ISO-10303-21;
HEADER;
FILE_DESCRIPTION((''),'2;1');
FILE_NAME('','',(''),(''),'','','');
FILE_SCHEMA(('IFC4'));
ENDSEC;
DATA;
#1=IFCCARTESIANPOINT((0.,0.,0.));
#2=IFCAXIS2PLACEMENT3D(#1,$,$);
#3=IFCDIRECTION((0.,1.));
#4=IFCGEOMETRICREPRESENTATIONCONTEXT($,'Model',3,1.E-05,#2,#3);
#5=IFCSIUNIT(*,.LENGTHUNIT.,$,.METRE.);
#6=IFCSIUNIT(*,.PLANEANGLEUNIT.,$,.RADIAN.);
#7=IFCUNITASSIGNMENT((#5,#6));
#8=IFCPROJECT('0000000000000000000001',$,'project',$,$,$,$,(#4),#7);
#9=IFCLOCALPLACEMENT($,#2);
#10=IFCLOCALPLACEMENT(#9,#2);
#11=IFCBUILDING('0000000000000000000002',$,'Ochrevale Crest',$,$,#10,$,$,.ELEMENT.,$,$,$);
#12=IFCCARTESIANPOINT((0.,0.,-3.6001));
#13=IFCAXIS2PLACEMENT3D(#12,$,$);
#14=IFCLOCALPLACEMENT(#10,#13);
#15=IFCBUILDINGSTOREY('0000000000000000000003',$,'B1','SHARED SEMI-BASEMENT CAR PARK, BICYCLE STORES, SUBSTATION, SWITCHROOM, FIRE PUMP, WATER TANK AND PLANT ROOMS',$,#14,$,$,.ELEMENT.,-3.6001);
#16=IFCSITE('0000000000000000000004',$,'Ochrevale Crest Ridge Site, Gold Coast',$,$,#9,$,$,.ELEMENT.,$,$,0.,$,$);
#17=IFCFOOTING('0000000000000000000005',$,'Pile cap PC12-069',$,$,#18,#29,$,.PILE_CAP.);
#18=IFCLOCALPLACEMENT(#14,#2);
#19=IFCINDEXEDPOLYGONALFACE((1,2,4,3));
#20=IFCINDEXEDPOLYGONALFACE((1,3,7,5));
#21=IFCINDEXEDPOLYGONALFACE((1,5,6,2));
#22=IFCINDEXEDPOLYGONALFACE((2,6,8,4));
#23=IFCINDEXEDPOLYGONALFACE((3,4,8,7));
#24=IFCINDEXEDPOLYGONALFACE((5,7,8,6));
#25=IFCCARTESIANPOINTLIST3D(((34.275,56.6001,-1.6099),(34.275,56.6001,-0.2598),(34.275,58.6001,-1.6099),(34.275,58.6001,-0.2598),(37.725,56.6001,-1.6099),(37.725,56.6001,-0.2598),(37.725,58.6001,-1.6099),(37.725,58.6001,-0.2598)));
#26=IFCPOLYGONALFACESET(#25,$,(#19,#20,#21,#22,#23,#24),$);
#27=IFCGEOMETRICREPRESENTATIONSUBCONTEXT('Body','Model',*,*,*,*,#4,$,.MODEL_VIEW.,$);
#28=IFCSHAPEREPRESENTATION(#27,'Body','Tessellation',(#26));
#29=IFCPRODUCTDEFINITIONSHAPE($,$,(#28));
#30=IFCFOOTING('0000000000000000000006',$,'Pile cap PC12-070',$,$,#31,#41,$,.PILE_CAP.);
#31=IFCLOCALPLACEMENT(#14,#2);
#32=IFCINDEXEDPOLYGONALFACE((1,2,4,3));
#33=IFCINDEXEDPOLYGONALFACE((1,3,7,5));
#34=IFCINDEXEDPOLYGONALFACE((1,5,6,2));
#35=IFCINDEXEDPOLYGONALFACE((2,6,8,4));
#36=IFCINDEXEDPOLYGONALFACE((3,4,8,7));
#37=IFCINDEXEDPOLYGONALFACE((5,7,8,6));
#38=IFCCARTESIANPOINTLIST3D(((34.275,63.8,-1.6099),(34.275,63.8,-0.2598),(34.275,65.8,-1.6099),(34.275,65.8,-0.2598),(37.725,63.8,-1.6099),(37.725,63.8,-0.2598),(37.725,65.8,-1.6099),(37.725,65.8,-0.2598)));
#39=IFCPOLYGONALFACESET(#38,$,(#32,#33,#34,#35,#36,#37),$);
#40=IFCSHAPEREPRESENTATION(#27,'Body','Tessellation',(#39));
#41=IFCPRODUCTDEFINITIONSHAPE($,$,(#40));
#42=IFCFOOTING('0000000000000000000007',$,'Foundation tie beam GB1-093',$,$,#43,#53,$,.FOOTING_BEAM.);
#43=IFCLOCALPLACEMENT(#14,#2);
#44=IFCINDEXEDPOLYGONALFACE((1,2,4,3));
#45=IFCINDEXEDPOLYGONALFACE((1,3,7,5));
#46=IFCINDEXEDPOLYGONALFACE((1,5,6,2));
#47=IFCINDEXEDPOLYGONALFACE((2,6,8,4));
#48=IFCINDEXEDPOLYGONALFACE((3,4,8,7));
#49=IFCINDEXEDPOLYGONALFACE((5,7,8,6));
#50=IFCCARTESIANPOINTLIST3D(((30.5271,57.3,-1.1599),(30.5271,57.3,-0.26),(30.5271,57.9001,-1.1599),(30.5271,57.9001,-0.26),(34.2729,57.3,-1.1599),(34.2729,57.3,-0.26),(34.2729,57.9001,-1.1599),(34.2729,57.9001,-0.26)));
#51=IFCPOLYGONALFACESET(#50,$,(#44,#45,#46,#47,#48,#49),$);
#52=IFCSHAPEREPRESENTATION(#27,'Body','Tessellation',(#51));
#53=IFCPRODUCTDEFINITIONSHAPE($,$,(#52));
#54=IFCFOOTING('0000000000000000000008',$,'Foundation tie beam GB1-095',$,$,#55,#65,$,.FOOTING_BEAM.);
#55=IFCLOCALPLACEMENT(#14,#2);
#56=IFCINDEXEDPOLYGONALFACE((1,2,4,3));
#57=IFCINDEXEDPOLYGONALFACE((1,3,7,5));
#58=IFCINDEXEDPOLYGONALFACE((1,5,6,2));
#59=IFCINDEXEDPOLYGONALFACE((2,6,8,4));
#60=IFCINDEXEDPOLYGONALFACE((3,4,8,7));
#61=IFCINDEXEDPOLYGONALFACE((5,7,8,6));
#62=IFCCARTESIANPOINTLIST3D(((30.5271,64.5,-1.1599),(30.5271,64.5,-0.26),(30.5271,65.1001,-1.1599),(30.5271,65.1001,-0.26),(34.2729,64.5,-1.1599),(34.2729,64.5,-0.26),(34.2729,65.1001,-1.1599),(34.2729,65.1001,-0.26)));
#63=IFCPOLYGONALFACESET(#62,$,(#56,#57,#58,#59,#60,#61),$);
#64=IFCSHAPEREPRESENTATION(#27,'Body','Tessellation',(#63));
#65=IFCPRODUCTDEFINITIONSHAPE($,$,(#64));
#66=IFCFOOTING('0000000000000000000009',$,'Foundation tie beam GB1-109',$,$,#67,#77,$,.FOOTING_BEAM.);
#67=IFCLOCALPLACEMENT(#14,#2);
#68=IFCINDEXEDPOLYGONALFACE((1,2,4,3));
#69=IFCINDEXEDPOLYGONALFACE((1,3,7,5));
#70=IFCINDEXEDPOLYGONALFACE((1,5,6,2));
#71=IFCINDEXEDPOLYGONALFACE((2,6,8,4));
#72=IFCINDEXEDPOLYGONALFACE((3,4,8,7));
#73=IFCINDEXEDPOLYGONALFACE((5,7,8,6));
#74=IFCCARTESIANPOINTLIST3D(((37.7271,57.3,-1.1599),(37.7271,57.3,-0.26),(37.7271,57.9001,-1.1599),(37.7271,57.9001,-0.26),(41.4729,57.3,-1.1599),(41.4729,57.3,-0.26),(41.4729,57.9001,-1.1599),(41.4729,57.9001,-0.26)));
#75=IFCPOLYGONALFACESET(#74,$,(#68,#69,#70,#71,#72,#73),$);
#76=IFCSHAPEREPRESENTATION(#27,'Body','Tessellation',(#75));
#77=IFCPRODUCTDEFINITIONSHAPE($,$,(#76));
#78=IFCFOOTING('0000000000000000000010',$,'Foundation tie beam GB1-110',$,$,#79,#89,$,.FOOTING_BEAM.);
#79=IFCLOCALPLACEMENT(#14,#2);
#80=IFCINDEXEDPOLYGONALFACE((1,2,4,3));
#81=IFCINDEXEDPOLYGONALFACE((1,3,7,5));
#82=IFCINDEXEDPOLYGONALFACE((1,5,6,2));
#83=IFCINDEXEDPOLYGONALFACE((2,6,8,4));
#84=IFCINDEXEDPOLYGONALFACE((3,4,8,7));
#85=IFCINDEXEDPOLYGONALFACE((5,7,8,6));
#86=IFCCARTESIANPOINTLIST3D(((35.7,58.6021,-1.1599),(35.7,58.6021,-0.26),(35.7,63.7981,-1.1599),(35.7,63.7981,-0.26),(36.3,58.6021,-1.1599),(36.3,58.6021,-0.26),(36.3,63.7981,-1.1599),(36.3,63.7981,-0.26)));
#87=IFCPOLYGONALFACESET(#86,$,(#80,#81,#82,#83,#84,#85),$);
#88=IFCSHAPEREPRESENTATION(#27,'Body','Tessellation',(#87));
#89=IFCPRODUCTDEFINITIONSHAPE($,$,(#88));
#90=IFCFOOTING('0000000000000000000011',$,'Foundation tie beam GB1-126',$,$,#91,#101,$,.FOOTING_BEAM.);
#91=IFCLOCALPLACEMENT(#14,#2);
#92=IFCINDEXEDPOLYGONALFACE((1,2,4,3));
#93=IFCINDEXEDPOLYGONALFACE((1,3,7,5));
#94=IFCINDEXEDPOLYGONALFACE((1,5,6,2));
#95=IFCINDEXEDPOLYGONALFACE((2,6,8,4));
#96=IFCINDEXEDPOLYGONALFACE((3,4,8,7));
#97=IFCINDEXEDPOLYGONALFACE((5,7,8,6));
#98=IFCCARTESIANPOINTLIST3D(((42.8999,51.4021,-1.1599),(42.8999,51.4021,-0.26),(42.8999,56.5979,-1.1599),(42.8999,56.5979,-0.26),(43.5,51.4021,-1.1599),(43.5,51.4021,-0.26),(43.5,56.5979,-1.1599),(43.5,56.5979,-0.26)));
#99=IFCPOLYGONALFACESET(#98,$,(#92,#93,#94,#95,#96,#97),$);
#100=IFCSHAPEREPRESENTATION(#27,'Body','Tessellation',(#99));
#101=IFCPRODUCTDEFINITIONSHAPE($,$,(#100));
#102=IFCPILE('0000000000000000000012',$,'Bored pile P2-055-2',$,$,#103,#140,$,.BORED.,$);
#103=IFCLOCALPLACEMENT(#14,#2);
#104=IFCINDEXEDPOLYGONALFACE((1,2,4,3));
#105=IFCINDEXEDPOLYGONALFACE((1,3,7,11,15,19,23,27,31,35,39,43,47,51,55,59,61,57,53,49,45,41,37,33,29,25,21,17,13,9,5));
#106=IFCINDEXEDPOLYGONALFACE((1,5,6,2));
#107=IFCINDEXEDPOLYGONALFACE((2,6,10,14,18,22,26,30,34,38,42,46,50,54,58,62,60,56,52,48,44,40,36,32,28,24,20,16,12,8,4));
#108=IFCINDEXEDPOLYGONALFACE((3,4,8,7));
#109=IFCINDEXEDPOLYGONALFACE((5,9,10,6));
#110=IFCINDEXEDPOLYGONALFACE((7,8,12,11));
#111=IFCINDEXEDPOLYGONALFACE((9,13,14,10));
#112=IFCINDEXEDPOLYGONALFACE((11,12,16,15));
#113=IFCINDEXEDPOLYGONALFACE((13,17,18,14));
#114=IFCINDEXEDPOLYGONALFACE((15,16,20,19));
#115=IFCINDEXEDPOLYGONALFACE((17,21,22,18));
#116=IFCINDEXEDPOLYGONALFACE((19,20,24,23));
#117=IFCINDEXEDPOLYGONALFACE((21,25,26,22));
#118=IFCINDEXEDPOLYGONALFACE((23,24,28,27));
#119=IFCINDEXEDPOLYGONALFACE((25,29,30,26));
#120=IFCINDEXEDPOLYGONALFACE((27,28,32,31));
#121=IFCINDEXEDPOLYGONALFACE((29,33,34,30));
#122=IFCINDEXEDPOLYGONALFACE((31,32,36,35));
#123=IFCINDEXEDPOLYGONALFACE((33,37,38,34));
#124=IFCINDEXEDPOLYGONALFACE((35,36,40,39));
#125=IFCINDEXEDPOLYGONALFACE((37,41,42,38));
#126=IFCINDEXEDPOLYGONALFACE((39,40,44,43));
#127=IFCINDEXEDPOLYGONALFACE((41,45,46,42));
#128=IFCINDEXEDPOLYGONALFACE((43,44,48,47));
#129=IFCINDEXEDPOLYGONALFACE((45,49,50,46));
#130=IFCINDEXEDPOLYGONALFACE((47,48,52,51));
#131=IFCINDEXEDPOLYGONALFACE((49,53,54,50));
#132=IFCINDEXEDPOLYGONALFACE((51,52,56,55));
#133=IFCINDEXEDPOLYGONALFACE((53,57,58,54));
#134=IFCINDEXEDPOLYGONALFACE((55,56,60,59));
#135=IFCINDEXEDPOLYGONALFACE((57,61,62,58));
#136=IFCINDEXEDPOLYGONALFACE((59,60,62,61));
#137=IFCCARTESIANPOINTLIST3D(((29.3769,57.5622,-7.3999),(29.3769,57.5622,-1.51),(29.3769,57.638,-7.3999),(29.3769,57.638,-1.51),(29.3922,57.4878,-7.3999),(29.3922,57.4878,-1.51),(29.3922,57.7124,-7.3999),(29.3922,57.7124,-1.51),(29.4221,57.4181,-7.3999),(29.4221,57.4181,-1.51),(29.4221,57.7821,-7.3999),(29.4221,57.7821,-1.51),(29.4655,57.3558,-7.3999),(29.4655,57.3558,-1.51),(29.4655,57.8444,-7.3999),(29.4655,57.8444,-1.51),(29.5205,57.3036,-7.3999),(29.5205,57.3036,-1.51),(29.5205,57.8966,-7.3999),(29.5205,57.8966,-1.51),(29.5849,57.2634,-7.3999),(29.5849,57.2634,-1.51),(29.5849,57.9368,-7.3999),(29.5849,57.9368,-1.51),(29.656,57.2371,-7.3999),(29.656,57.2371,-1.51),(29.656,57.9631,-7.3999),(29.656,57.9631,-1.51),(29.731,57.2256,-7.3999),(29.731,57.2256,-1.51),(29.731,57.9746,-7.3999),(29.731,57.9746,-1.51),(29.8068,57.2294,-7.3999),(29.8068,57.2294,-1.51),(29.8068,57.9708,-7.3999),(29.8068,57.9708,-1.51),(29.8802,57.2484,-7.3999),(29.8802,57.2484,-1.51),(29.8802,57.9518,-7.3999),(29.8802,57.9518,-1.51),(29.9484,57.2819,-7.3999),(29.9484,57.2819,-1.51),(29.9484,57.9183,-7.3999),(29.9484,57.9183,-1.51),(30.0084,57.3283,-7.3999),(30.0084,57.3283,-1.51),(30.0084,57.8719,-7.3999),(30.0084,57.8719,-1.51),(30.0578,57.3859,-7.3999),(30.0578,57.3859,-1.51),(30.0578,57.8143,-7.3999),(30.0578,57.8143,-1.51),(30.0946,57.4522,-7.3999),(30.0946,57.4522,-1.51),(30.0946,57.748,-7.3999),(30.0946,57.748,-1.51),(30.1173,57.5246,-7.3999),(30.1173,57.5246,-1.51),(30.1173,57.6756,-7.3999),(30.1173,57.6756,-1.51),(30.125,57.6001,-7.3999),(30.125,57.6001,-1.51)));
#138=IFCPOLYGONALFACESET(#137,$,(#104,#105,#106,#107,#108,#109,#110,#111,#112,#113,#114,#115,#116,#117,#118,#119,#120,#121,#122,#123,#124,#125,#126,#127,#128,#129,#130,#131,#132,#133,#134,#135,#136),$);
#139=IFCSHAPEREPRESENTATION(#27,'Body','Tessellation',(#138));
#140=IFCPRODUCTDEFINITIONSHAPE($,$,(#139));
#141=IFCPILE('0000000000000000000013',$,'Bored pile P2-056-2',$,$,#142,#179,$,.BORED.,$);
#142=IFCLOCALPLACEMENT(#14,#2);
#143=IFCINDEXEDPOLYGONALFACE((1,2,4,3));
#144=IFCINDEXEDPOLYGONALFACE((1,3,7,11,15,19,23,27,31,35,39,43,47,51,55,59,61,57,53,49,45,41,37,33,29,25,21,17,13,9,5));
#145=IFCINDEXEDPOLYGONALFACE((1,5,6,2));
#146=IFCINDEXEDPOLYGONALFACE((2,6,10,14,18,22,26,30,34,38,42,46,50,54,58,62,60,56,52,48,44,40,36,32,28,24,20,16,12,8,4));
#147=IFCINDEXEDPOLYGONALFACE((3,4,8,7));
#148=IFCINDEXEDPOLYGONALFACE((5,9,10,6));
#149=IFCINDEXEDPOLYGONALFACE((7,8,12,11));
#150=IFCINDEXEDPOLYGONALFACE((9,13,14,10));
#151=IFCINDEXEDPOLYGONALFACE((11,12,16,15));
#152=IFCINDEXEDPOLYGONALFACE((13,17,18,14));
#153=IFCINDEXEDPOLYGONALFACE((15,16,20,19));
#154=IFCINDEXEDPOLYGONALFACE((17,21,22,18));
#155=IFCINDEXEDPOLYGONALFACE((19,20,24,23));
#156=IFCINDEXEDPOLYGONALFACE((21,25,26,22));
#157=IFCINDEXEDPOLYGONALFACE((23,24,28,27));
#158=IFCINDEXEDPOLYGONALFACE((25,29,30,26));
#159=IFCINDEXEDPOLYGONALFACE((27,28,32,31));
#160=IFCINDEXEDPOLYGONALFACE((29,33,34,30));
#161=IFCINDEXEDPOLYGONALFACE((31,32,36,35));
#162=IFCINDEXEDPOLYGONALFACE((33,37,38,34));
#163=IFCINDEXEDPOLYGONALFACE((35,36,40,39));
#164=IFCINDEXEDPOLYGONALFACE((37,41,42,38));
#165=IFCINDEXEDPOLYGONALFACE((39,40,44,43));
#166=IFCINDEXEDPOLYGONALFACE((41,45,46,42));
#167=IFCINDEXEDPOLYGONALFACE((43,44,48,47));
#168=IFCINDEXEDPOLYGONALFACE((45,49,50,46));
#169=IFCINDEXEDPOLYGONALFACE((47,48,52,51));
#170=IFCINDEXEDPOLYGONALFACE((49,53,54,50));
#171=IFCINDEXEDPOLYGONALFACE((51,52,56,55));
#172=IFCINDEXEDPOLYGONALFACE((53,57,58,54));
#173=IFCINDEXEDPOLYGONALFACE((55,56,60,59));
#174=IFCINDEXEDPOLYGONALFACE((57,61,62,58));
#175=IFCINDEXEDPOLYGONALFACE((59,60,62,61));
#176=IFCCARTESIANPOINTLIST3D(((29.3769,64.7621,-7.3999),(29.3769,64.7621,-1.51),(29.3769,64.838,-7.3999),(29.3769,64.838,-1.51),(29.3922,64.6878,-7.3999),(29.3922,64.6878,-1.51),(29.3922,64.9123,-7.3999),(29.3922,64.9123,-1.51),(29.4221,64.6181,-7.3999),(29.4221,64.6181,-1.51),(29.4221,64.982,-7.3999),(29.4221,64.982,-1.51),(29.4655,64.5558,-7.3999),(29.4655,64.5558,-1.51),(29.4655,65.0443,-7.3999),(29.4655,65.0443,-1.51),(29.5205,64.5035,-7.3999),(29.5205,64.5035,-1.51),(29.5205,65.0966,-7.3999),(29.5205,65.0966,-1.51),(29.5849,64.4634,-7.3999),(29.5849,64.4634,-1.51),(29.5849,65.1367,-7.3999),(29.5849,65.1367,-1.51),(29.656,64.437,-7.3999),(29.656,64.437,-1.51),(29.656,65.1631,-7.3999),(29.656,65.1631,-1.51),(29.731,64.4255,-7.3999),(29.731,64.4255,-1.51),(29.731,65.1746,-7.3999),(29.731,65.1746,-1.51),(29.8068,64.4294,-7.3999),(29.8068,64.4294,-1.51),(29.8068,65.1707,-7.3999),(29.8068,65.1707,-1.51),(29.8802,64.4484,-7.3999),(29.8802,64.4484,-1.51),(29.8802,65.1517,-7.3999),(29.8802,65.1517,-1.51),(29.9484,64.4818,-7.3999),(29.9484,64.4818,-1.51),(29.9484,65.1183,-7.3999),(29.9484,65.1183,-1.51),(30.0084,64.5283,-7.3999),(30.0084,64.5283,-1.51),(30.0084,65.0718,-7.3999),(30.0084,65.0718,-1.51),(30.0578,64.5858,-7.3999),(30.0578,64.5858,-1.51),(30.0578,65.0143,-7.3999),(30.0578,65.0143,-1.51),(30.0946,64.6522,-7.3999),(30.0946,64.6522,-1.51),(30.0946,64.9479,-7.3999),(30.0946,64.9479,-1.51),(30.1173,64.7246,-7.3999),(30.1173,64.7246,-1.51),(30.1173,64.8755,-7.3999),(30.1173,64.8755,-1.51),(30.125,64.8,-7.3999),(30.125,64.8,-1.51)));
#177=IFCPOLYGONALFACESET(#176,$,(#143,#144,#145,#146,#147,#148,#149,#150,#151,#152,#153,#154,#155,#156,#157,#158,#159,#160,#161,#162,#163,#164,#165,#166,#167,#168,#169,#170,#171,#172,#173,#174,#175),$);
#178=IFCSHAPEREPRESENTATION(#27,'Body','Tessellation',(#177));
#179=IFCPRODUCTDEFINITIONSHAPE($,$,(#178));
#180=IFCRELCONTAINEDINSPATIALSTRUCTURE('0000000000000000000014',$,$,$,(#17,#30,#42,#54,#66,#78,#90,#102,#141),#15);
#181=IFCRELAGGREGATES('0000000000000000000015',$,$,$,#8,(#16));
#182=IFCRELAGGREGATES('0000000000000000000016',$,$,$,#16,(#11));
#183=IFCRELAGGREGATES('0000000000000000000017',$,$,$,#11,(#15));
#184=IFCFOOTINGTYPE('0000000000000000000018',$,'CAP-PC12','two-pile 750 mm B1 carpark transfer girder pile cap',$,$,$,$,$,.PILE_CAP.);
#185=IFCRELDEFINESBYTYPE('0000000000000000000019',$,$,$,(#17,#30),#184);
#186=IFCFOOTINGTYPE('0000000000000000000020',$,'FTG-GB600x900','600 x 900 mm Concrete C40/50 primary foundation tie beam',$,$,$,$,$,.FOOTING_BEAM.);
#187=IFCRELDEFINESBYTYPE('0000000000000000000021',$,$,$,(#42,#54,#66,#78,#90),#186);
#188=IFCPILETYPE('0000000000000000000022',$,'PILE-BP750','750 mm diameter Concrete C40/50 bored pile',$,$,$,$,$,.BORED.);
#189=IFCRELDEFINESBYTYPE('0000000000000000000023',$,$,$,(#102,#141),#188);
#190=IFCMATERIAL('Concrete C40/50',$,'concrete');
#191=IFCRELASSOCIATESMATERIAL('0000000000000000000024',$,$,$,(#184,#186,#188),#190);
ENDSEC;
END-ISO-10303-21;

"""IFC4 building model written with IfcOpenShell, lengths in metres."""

from ifc_helpers import new_model, si_unit, direction, frame, origin, origin_2d, place, context, subcontext, project, spatial, rectangle, circle, extrude, material, material_profile, profile_set, type_object, element, save


model = new_model("IFC4")

# Units and contexts
model_context = context("Model", 3, precision=1e-05, world=origin(), true_north=direction((0.0, 1.0)))
body_context = subcontext(model_context, "Body", "Model", "MODEL_VIEW")
ifc_project = project(units=[si_unit("LENGTHUNIT", "METRE"), si_unit("PLANEANGLEUNIT", "RADIAN")], contexts=[model_context])

# Site, building, storey
site_placement = place(None, origin())
site = spatial("IfcSite", under=ifc_project, at=site_placement, Name="Ochrevale Crest Ridge Site, Gold Coast", CompositionType="ELEMENT", RefElevation=0.0)
building_placement = place(site_placement, origin())
building = spatial("IfcBuilding", under=site, at=building_placement, Name="Ochrevale Crest", CompositionType="ELEMENT")
storey_placement = place(building_placement, frame((0.0, 0.0, -3.6001)))
storey = spatial("IfcBuildingStorey", under=building, at=storey_placement, Name="B1", Description="SHARED SEMI-BASEMENT CAR PARK, BICYCLE STORES, SUBSTATION, SWITCHROOM, FIRE PUMP, WATER TANK AND PLANT ROOMS", CompositionType="ELEMENT", Elevation=-3.6001)

# Footings
ifc_material_1 = material(Name="Concrete C40/50", Category="concrete")
footing_type_1 = type_object("IfcFootingType", Name="CAP-PC12", Description="two-pile 750 mm B1 carpark transfer girder pile cap", PredefinedType="PILE_CAP", material=ifc_material_1)
for number, where, z_axis, x_axis, name in (
    (1, (36.0, 57.6001, -1.6099), (0.0, 0.0, 1.0), (1.0, 0.0, 0.0), "Pile cap PC12-069"),
    (2, (36.0, 64.8, -1.6099), (0.0, 0.0, 1.0), (1.0, 0.0, 0.0), "Pile cap PC12-070"),
):
    element("IfcFooting", number, at=place(storey_placement, frame(where, z_axis=z_axis, x_axis=x_axis)), inside=storey, type_object=footing_type_1, Name=name, PredefinedType="PILE_CAP", context=body_context, shape_type="SweptSolid", body=[
        extrude(rectangle(XDim=3.45, YDim=2.0, at=origin_2d()), origin(), (0.0, 0.0, 1.0), 1.3501),
    ])
ifc_material_profile_1 = material_profile(ifc_material_1, rectangle(XDim=0.6001, YDim=0.8999, at=origin_2d()), Name="GB 600x900")
ifc_profile_set_1 = profile_set([ifc_material_profile_1], Name="Concrete C40/50")
footing_type_2 = type_object("IfcFootingType", Name="FTG-GB600x900", Description="600 x 900 mm Concrete C40/50 primary foundation tie beam", PredefinedType="FOOTING_BEAM", material=ifc_profile_set_1)
for number, where, z_axis, x_axis, name in (
    (3, (30.5271, 57.6001, -0.71), (1.0, 0.0, 0.0), (0.0, 1.0, 0.0), "Foundation tie beam GB1-093"),
    (4, (30.5271, 64.8, -0.71), (1.0, 0.0, 0.0), (0.0, 1.0, 0.0), "Foundation tie beam GB1-095"),
    (5, (37.7271, 57.6001, -0.71), (1.0, 0.0, 0.0), (0.0, 1.0, 0.0), "Foundation tie beam GB1-109"),
):
    element("IfcFooting", number, at=place(storey_placement, frame(where, z_axis=z_axis, x_axis=x_axis)), inside=storey, type_object=footing_type_2, Name=name, PredefinedType="FOOTING_BEAM", context=body_context, shape_type="SweptSolid", body=[
        extrude(rectangle(XDim=0.6001, YDim=0.8999, at=origin_2d()), origin(), (0.0, 0.0, 1.0), 3.7458),
    ])
footing_1_placement = place(storey_placement, frame((36.0, 58.6021, -0.71), z_axis=(0.0, 1.0, 0.0), x_axis=(-1.0, 0.0, 0.0)))
element("IfcFooting", 6, at=footing_1_placement, inside=storey, type_object=footing_type_2, Name="Foundation tie beam GB1-110", PredefinedType="FOOTING_BEAM", context=body_context, shape_type="SweptSolid", body=[
    extrude(rectangle(XDim=0.6001, YDim=0.8999, at=origin_2d()), origin(), (0.0, 0.0, 1.0), 5.196),
])
footing_2_placement = place(storey_placement, frame((43.2, 51.4021, -0.71), z_axis=(0.0, 1.0, 0.0), x_axis=(-1.0, 0.0, 0.0)))
element("IfcFooting", 7, at=footing_2_placement, inside=storey, type_object=footing_type_2, Name="Foundation tie beam GB1-126", PredefinedType="FOOTING_BEAM", context=body_context, shape_type="SweptSolid", body=[
    extrude(rectangle(XDim=0.6001, YDim=0.8999, at=origin_2d()), origin(), (0.0, 0.0, 1.0), 5.1958),
])

# Piles
ifc_material_profile_2 = material_profile(ifc_material_1, circle(Radius=0.375, at=origin_2d()), Name="BORED PILE 750")
ifc_profile_set_2 = profile_set([ifc_material_profile_2], Name="Concrete C40/50")
pile_type = type_object("IfcPileType", Name="PILE-BP750", Description="750 mm diameter Concrete C40/50 bored pile", PredefinedType="BORED", material=ifc_profile_set_2)
for number, where, z_axis, x_axis, name in (
    (8, (29.75, 57.6001, -1.51), (0.0, 0.0, -1.0), (1.0, 0.0, 0.0), "Bored pile P2-055-2"),
    (9, (29.75, 64.8, -1.51), (0.0, 0.0, -1.0), (1.0, 0.0, 0.0), "Bored pile P2-056-2"),
):
    element("IfcPile", number, at=place(storey_placement, frame(where, z_axis=z_axis, x_axis=x_axis)), inside=storey, type_object=pile_type, Name=name, PredefinedType="BORED", context=body_context, shape_type="SweptSolid", body=[
        extrude(circle(Radius=0.375, at=origin_2d()), origin(), (0.0, 0.0, 1.0), 5.8899),
    ])

save(model, "model.ifc")
